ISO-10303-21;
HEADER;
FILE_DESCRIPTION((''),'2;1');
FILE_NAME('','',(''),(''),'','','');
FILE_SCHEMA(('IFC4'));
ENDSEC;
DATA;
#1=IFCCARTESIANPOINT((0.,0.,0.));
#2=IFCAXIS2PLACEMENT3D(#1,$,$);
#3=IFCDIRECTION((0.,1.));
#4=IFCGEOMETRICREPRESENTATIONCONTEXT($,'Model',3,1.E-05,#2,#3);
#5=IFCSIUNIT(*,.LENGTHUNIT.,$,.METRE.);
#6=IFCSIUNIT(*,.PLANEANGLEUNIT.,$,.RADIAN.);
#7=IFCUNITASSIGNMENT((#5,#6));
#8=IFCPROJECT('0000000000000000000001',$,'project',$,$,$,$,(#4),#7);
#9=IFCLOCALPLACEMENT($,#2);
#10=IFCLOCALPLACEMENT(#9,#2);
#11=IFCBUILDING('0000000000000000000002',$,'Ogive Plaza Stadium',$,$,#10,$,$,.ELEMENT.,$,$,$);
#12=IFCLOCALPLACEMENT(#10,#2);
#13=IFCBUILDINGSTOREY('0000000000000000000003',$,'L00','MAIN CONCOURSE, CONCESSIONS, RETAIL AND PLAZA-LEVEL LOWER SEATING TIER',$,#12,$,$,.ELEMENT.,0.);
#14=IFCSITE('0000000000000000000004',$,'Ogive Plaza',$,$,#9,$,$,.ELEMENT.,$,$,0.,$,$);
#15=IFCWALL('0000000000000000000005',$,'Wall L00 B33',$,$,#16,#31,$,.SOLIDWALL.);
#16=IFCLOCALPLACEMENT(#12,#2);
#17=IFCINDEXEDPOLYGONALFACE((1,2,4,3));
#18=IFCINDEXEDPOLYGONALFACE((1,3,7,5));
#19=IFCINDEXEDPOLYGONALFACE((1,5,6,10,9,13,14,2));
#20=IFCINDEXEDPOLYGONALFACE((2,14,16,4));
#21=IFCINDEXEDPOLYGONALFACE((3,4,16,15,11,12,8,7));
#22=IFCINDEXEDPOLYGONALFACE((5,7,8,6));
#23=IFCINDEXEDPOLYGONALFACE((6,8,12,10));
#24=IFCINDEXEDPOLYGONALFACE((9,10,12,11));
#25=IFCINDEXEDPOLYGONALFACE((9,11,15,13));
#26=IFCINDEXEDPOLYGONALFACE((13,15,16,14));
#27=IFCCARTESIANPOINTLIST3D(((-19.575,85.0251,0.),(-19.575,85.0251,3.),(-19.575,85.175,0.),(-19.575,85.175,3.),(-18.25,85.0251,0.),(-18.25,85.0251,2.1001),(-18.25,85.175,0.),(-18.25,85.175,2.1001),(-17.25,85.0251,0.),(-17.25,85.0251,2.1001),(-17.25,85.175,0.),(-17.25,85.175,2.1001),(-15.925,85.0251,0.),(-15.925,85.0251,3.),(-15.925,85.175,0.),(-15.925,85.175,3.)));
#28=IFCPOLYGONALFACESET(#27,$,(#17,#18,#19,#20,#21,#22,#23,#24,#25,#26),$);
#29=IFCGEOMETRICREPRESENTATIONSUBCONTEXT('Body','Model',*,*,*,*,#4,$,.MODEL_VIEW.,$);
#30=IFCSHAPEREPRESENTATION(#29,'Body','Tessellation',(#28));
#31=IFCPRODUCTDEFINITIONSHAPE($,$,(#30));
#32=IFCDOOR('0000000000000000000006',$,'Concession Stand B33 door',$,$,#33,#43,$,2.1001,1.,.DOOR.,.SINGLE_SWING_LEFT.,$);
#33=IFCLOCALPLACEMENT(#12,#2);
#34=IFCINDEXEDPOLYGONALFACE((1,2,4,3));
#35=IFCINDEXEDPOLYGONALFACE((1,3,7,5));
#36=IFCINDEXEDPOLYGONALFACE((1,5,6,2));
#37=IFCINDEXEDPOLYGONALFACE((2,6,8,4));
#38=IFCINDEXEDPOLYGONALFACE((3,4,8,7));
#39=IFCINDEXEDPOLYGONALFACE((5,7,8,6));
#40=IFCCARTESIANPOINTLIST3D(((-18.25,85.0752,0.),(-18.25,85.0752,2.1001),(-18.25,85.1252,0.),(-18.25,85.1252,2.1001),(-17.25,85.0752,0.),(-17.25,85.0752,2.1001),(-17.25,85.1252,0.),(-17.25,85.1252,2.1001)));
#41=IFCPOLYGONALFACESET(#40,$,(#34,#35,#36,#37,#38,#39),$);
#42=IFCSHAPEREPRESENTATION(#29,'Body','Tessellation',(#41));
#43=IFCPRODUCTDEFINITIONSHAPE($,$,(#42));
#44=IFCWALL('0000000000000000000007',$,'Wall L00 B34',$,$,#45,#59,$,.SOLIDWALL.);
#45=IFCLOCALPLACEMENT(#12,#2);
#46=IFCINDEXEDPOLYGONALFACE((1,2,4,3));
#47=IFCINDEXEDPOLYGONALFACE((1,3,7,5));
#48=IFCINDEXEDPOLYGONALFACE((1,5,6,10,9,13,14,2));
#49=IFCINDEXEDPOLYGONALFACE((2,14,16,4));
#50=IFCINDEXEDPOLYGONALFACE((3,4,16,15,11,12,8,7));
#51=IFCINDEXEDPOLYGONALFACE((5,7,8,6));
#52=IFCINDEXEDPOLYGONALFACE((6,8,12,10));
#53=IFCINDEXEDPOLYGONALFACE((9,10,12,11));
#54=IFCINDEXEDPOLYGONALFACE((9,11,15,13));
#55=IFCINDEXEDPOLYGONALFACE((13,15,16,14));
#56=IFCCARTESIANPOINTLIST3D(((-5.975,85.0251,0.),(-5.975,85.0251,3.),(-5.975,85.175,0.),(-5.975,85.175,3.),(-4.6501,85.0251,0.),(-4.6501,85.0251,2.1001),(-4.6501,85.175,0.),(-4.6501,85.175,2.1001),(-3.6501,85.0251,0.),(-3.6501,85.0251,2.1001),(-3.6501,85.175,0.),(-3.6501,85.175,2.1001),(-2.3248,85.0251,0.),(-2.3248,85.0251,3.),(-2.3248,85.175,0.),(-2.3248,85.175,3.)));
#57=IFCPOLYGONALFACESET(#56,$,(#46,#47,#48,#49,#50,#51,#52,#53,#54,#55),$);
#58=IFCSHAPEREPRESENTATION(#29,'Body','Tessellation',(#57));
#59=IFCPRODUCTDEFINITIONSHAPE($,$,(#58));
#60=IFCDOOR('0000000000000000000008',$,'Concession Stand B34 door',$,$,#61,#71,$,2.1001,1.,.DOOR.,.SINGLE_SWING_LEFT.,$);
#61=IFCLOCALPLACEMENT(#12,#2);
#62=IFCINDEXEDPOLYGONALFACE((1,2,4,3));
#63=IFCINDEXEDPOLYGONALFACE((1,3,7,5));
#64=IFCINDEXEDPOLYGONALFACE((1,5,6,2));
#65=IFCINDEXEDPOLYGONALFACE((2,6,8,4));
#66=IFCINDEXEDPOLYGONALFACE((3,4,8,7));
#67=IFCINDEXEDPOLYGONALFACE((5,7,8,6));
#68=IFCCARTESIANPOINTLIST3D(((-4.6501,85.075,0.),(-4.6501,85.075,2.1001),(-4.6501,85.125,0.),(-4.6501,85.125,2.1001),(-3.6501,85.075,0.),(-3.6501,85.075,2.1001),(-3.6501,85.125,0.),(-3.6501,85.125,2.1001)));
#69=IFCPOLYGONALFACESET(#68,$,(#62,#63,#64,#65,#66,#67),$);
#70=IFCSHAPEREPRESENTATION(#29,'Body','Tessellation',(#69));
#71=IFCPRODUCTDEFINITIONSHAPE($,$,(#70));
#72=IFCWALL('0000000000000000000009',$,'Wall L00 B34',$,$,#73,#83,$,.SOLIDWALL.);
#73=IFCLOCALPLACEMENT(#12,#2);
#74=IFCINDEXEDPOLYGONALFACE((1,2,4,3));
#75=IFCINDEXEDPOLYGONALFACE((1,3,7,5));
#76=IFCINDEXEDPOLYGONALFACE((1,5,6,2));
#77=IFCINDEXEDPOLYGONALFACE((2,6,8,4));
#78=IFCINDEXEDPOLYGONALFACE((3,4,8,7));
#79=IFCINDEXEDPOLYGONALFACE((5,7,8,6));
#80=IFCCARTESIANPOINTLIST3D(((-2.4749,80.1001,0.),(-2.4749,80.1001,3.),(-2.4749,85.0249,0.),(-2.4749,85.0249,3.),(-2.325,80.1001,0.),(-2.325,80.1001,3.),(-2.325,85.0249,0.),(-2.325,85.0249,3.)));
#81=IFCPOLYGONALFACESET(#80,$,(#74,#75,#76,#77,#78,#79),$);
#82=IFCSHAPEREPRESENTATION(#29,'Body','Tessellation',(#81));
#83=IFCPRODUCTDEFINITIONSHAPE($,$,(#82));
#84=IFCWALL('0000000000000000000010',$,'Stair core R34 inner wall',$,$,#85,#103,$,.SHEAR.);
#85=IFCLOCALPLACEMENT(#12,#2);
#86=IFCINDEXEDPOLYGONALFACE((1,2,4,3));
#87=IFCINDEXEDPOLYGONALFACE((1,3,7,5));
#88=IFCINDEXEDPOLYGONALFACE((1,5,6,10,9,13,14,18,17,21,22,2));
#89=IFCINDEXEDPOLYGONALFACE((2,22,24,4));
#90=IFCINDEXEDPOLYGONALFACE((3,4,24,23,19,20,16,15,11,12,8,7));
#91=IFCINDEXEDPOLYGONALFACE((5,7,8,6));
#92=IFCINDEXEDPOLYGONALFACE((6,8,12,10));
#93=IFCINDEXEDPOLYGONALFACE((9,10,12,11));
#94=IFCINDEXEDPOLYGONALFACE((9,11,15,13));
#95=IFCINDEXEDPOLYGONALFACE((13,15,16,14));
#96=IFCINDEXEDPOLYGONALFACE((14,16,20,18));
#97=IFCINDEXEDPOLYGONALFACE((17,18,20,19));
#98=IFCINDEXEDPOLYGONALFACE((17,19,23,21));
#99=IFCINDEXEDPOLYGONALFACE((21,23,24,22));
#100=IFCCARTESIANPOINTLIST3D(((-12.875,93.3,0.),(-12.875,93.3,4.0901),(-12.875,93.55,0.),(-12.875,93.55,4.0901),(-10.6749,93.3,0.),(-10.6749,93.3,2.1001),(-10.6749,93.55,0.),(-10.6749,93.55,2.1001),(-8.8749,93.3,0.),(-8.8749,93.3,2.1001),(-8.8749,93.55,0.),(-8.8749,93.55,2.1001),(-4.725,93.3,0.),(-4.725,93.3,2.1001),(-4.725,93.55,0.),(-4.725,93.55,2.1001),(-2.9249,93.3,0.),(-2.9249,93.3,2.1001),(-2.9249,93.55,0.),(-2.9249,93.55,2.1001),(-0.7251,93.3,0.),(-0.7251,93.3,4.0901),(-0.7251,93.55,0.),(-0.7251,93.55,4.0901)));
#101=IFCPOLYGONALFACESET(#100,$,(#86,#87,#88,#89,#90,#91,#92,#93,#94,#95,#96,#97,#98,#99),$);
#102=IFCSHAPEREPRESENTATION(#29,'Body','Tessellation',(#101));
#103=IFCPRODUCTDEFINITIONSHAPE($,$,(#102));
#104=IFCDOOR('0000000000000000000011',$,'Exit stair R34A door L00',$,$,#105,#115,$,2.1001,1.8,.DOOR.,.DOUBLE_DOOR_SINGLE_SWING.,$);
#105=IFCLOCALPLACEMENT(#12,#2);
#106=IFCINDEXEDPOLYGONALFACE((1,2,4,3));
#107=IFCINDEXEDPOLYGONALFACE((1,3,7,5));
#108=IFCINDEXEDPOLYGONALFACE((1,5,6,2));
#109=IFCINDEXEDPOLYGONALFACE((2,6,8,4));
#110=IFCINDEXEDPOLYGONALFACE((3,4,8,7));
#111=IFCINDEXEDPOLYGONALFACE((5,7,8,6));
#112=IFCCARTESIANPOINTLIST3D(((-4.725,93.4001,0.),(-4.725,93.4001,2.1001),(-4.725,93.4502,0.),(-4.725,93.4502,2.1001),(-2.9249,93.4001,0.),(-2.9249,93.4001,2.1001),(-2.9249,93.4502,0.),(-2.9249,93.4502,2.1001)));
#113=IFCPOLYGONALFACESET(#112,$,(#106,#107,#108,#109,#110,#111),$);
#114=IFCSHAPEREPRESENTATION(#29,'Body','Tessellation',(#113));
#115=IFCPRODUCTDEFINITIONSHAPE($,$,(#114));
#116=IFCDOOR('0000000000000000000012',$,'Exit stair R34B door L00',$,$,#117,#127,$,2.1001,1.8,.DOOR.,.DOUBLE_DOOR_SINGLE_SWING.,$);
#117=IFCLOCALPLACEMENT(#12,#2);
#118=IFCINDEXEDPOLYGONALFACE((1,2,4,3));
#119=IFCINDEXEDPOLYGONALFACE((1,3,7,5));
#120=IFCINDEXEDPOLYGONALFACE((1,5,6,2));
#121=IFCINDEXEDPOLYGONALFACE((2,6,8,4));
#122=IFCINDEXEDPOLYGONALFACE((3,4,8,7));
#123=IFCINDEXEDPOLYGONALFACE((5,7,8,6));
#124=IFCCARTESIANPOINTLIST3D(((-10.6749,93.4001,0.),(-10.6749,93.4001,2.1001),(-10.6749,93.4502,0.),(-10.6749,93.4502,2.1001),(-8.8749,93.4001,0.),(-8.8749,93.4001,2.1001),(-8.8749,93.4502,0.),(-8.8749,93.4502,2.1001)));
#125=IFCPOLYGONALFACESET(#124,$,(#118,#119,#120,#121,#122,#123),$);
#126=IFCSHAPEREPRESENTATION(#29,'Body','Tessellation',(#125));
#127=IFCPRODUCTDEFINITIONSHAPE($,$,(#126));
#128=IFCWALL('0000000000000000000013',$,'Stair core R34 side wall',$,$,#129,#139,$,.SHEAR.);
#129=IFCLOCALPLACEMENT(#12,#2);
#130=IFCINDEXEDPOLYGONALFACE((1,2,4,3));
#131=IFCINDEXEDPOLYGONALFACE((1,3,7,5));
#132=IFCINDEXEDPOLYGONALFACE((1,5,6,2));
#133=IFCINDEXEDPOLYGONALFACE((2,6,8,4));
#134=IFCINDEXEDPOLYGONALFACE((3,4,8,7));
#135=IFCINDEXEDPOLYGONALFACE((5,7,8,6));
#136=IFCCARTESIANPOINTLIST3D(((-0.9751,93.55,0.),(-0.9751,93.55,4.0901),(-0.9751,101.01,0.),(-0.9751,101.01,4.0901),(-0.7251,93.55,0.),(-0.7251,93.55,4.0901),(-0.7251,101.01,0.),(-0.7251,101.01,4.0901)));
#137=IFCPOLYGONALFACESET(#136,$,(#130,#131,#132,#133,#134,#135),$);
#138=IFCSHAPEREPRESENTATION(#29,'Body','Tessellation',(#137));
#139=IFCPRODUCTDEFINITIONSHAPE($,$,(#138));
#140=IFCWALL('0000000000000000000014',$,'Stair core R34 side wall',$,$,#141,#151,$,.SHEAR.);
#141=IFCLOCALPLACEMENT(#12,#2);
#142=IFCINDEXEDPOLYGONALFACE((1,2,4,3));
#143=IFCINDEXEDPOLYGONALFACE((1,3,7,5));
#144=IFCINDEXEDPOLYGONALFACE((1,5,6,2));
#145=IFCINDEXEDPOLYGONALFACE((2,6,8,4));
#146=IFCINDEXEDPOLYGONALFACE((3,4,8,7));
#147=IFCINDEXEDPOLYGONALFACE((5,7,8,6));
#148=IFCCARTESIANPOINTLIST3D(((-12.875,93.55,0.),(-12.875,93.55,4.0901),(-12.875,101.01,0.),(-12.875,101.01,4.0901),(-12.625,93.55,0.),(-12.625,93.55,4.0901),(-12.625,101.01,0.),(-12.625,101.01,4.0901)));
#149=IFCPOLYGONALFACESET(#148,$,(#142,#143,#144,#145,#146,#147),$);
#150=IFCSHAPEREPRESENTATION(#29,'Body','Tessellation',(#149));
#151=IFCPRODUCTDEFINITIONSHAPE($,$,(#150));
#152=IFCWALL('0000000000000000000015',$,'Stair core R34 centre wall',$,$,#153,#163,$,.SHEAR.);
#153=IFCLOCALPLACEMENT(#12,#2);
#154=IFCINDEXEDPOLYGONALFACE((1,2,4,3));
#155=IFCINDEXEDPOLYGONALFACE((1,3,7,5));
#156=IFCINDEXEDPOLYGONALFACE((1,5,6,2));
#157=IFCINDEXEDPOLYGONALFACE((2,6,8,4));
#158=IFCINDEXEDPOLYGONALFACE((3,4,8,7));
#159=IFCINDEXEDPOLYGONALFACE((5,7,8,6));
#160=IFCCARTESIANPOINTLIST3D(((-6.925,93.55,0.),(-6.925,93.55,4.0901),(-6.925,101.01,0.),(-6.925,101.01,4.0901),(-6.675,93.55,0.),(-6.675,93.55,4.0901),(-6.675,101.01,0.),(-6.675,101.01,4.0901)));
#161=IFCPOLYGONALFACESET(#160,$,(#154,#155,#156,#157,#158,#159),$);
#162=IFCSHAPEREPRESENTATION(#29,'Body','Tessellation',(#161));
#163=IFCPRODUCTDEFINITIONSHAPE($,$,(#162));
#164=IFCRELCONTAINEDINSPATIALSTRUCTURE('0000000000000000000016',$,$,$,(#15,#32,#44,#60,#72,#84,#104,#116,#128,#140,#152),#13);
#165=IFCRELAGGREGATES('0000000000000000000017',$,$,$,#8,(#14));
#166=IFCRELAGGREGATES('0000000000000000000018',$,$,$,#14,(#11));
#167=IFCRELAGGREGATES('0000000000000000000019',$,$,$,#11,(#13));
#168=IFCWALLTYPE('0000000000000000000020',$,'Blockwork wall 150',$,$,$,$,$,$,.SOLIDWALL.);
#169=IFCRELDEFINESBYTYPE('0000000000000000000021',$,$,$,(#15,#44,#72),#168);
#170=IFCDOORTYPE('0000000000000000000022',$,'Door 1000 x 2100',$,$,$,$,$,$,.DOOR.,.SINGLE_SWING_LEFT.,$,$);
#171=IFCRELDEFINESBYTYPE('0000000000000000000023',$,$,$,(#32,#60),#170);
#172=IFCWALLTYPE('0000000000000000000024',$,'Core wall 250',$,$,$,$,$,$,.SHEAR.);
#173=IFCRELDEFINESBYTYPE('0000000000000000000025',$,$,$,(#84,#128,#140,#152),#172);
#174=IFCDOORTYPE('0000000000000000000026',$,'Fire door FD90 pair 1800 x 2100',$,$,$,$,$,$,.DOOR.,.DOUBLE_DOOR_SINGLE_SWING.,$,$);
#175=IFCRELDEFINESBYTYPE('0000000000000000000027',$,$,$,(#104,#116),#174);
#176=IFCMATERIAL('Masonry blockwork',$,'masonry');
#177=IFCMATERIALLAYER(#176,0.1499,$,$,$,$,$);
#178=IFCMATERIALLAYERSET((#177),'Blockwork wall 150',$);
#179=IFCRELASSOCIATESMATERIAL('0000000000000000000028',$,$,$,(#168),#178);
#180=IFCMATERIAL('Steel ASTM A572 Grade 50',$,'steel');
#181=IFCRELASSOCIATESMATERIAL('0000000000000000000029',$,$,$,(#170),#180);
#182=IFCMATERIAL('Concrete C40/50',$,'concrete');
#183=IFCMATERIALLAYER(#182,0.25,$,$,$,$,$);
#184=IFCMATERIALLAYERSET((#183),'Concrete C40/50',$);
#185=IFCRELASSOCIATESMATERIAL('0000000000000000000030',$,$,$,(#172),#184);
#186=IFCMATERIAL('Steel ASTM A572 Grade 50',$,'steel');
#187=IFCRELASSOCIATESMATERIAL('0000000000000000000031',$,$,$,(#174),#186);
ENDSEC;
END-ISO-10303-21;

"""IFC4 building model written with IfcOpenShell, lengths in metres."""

from ifc_helpers import new_model, si_unit, direction, frame, frame_2d, origin, place, context, subcontext, project, spatial, rectangle, extrude, material, layer, layer_set, type_object, element, fill, save


model = new_model("IFC4")

# Units and contexts
model_context = context("Model", 3, precision=1e-05, world=origin(), true_north=direction((0.0, 1.0)))
body_context = subcontext(model_context, "Body", "Model", "MODEL_VIEW")
ifc_project = project(units=[si_unit("LENGTHUNIT", "METRE"), si_unit("PLANEANGLEUNIT", "RADIAN")], contexts=[model_context])

# Site, building, storey
site_placement = place(None, origin())
site = spatial("IfcSite", under=ifc_project, at=site_placement, Name="Ogive Plaza", CompositionType="ELEMENT", RefElevation=0.0)
building_placement = place(site_placement, origin())
building = spatial("IfcBuilding", under=site, at=building_placement, Name="Ogive Plaza Stadium", CompositionType="ELEMENT")
storey_placement = place(building_placement, origin())
storey = spatial("IfcBuildingStorey", under=building, at=storey_placement, Name="L00", Description="MAIN CONCOURSE, CONCESSIONS, RETAIL AND PLAZA-LEVEL LOWER SEATING TIER", CompositionType="ELEMENT", Elevation=0.0)

# Walls, openings, doors
ifc_material_1 = material(Name="Masonry blockwork", Category="masonry")
ifc_layer_1 = layer(ifc_material_1, 0.1499)
ifc_layer_set_1 = layer_set([ifc_layer_1], Name="Blockwork wall 150")
wall_type_1 = type_object("IfcWallType", Name="Blockwork wall 150", PredefinedType="SOLIDWALL", material=ifc_layer_set_1)
ifc_material_2 = material(Name="Steel ASTM A572 Grade 50", Category="steel")
door_type_1 = type_object("IfcDoorType", Name="Door 1000 x 2100", OperationType="SINGLE_SWING_LEFT", PredefinedType="DOOR", material=ifc_material_2)
wall_1_placement = place(storey_placement, frame((-15.925, 85.1001, 0.0), z_axis=(0.0, 0.0, 1.0), x_axis=(-1.0, 0.0, 0.0)))
wall_1 = element("IfcWall", 1, at=wall_1_placement, inside=storey, type_object=wall_type_1, Name="Wall L00 B33", PredefinedType="SOLIDWALL", context=body_context, shape_type="SweptSolid", body=[
    extrude(rectangle(XDim=3.6499, YDim=0.1499, at=frame_2d((1.825, 0.0))), origin(), (0.0, 0.0, 1.0), 3.0),
])
opening_1_placement = place(wall_1_placement, frame((1.325, 0.0, 0.0)))
opening_1 = element("IfcOpeningElement", 2, at=opening_1_placement, cuts=wall_1, PredefinedType="OPENING", context=body_context, shape_type="SweptSolid", body=[
    extrude(rectangle(XDim=1.0, YDim=2.1001, at=frame_2d((0.5, 1.05))), frame((0.0, 0.075, 0.0), z_axis=(0.0, -1.0, 0.0), x_axis=(1.0, 0.0, 0.0)), (0.0, 0.0, 1.0), 0.1499),
])
door_1_placement = place(opening_1_placement, origin())
door_1 = element("IfcDoor", 3, at=door_1_placement, inside=storey, type_object=door_type_1, Name="Concession Stand B33 door", OperationType="SINGLE_SWING_LEFT", OverallHeight=2.1001, OverallWidth=1.0, PredefinedType="DOOR", context=body_context, shape_type="SweptSolid", body=[
    extrude(rectangle(XDim=1.0, YDim=2.1001, at=frame_2d((0.5, 1.05))), frame((0.0, 0.0249, 0.0), z_axis=(0.0, -1.0, 0.0), x_axis=(1.0, 0.0, 0.0)), (0.0, 0.0, 1.0), 0.05),
])
fill(opening_1, door_1)
wall_2_placement = place(storey_placement, frame((-5.9751, 85.1001, 0.0), z_axis=(0.0, 0.0, 1.0), x_axis=(1.0, 0.0, 0.0)))
wall_2 = element("IfcWall", 4, at=wall_2_placement, inside=storey, type_object=wall_type_1, Name="Wall L00 B34", PredefinedType="SOLIDWALL", context=body_context, shape_type="SweptSolid", body=[
    extrude(rectangle(XDim=3.6501, YDim=0.1499, at=frame_2d((1.8252, 0.0))), origin(), (0.0, 0.0, 1.0), 3.0),
])
opening_2_placement = place(wall_2_placement, frame((1.325, 0.0, 0.0)))
opening_2 = element("IfcOpeningElement", 5, at=opening_2_placement, cuts=wall_2, PredefinedType="OPENING", context=body_context, shape_type="SweptSolid", body=[
    extrude(rectangle(XDim=1.0, YDim=2.1001, at=frame_2d((0.5, 1.05))), frame((0.0, 0.075, 0.0), z_axis=(0.0, -1.0, 0.0), x_axis=(1.0, 0.0, 0.0)), (0.0, 0.0, 1.0), 0.1499),
])
door_2_placement = place(opening_2_placement, origin())
door_2 = element("IfcDoor", 6, at=door_2_placement, inside=storey, type_object=door_type_1, Name="Concession Stand B34 door", OperationType="SINGLE_SWING_LEFT", OverallHeight=2.1001, OverallWidth=1.0, PredefinedType="DOOR", context=body_context, shape_type="SweptSolid", body=[
    extrude(rectangle(XDim=1.0, YDim=2.1001, at=frame_2d((0.5, 1.05))), frame((0.0, 0.0249, 0.0), z_axis=(0.0, -1.0, 0.0), x_axis=(1.0, 0.0, 0.0)), (0.0, 0.0, 1.0), 0.05),
])
fill(opening_2, door_2)

# Wall
wall_3_placement = place(storey_placement, frame((-2.3999, 80.1001, 0.0), z_axis=(0.0, 0.0, 1.0), x_axis=(0.0, 1.0, 0.0)))
element("IfcWall", 7, at=wall_3_placement, inside=storey, type_object=wall_type_1, Name="Wall L00 B34", PredefinedType="SOLIDWALL", context=body_context, shape_type="SweptSolid", body=[
    extrude(rectangle(XDim=4.9248, YDim=0.1499, at=frame_2d((2.4624, 0.0))), origin(), (0.0, 0.0, 1.0), 3.0),
])

# Wall, openings, doors
ifc_material_3 = material(Name="Concrete C40/50", Category="concrete")
ifc_layer_2 = layer(ifc_material_3, 0.25)
ifc_layer_set_2 = layer_set([ifc_layer_2], Name="Concrete C40/50")
wall_type_2 = type_object("IfcWallType", Name="Core wall 250", PredefinedType="SHEAR", material=ifc_layer_set_2)
wall_4_placement = place(storey_placement, frame((-0.7251, 93.425, 0.0), z_axis=(0.0, 0.0, 1.0), x_axis=(-1.0, 0.0, 0.0)))
wall_4 = element("IfcWall", 8, at=wall_4_placement, inside=storey, type_object=wall_type_2, Name="Stair core R34 inner wall", PredefinedType="SHEAR", context=body_context, shape_type="SweptSolid", body=[
    extrude(rectangle(XDim=12.1499, YDim=0.25, at=frame_2d((6.075, 0.0))), origin(), (0.0, 0.0, 1.0), 4.0901),
])
opening_3_placement = place(wall_4_placement, frame((2.2, 0.0, 0.0)))
opening_3 = element("IfcOpeningElement", 9, at=opening_3_placement, cuts=wall_4, PredefinedType="OPENING", context=body_context, shape_type="SweptSolid", body=[
    extrude(rectangle(XDim=1.8, YDim=2.1001, at=frame_2d((0.8999, 1.05))), frame((0.0, 0.125, 0.0), z_axis=(0.0, -1.0, 0.0), x_axis=(1.0, 0.0, 0.0)), (0.0, 0.0, 1.0), 0.25),
])
opening_4_placement = place(wall_4_placement, frame((8.1499, 0.0, 0.0)))
opening_4 = element("IfcOpeningElement", 10, at=opening_4_placement, cuts=wall_4, PredefinedType="OPENING", context=body_context, shape_type="SweptSolid", body=[
    extrude(rectangle(XDim=1.8, YDim=2.1001, at=frame_2d((0.8999, 1.05))), frame((0.0, 0.125, 0.0), z_axis=(0.0, -1.0, 0.0), x_axis=(1.0, 0.0, 0.0)), (0.0, 0.0, 1.0), 0.25),
])
ifc_material_4 = material(Name="Steel ASTM A572 Grade 50", Category="steel")
door_type_2 = type_object("IfcDoorType", Name="Fire door FD90 pair 1800 x 2100", OperationType="DOUBLE_DOOR_SINGLE_SWING", PredefinedType="DOOR", material=ifc_material_4)
door_3_placement = place(opening_3_placement, origin())
door_3 = element("IfcDoor", 11, at=door_3_placement, inside=storey, type_object=door_type_2, Name="Exit stair R34A door L00", OperationType="DOUBLE_DOOR_SINGLE_SWING", OverallHeight=2.1001, OverallWidth=1.8, PredefinedType="DOOR", context=body_context, shape_type="SweptSolid", body=[
    extrude(rectangle(XDim=1.8, YDim=2.1001, at=frame_2d((0.8999, 1.05))), frame((0.0, 0.0249, 0.0), z_axis=(0.0, -1.0, 0.0), x_axis=(1.0, 0.0, 0.0)), (0.0, 0.0, 1.0), 0.05),
])
fill(opening_3, door_3)
door_4_placement = place(opening_4_placement, origin())
door_4 = element("IfcDoor", 12, at=door_4_placement, inside=storey, type_object=door_type_2, Name="Exit stair R34B door L00", OperationType="DOUBLE_DOOR_SINGLE_SWING", OverallHeight=2.1001, OverallWidth=1.8, PredefinedType="DOOR", context=body_context, shape_type="SweptSolid", body=[
    extrude(rectangle(XDim=1.8, YDim=2.1001, at=frame_2d((0.8999, 1.05))), frame((0.0, 0.0249, 0.0), z_axis=(0.0, -1.0, 0.0), x_axis=(1.0, 0.0, 0.0)), (0.0, 0.0, 1.0), 0.05),
])
fill(opening_4, door_4)

# Walls
for number, where, z_axis, x_axis, name in (
    (13, (-0.8501, 93.55, 0.0), (0.0, 0.0, 1.0), (0.0, 1.0, 0.0), "Stair core R34 side wall"),
    (14, (-12.75, 93.55, 0.0), (0.0, 0.0, 1.0), (0.0, 1.0, 0.0), "Stair core R34 side wall"),
    (15, (-6.8, 93.55, 0.0), (0.0, 0.0, 1.0), (0.0, 1.0, 0.0), "Stair core R34 centre wall"),
):
    element("IfcWall", number, at=place(storey_placement, frame(where, z_axis=z_axis, x_axis=x_axis)), inside=storey, type_object=wall_type_2, Name=name, PredefinedType="SHEAR", context=body_context, shape_type="SweptSolid", body=[
        extrude(rectangle(XDim=7.46, YDim=0.25, at=frame_2d((3.73, 0.0))), origin(), (0.0, 0.0, 1.0), 4.0901),
    ])

save(model, "model.ifc")
